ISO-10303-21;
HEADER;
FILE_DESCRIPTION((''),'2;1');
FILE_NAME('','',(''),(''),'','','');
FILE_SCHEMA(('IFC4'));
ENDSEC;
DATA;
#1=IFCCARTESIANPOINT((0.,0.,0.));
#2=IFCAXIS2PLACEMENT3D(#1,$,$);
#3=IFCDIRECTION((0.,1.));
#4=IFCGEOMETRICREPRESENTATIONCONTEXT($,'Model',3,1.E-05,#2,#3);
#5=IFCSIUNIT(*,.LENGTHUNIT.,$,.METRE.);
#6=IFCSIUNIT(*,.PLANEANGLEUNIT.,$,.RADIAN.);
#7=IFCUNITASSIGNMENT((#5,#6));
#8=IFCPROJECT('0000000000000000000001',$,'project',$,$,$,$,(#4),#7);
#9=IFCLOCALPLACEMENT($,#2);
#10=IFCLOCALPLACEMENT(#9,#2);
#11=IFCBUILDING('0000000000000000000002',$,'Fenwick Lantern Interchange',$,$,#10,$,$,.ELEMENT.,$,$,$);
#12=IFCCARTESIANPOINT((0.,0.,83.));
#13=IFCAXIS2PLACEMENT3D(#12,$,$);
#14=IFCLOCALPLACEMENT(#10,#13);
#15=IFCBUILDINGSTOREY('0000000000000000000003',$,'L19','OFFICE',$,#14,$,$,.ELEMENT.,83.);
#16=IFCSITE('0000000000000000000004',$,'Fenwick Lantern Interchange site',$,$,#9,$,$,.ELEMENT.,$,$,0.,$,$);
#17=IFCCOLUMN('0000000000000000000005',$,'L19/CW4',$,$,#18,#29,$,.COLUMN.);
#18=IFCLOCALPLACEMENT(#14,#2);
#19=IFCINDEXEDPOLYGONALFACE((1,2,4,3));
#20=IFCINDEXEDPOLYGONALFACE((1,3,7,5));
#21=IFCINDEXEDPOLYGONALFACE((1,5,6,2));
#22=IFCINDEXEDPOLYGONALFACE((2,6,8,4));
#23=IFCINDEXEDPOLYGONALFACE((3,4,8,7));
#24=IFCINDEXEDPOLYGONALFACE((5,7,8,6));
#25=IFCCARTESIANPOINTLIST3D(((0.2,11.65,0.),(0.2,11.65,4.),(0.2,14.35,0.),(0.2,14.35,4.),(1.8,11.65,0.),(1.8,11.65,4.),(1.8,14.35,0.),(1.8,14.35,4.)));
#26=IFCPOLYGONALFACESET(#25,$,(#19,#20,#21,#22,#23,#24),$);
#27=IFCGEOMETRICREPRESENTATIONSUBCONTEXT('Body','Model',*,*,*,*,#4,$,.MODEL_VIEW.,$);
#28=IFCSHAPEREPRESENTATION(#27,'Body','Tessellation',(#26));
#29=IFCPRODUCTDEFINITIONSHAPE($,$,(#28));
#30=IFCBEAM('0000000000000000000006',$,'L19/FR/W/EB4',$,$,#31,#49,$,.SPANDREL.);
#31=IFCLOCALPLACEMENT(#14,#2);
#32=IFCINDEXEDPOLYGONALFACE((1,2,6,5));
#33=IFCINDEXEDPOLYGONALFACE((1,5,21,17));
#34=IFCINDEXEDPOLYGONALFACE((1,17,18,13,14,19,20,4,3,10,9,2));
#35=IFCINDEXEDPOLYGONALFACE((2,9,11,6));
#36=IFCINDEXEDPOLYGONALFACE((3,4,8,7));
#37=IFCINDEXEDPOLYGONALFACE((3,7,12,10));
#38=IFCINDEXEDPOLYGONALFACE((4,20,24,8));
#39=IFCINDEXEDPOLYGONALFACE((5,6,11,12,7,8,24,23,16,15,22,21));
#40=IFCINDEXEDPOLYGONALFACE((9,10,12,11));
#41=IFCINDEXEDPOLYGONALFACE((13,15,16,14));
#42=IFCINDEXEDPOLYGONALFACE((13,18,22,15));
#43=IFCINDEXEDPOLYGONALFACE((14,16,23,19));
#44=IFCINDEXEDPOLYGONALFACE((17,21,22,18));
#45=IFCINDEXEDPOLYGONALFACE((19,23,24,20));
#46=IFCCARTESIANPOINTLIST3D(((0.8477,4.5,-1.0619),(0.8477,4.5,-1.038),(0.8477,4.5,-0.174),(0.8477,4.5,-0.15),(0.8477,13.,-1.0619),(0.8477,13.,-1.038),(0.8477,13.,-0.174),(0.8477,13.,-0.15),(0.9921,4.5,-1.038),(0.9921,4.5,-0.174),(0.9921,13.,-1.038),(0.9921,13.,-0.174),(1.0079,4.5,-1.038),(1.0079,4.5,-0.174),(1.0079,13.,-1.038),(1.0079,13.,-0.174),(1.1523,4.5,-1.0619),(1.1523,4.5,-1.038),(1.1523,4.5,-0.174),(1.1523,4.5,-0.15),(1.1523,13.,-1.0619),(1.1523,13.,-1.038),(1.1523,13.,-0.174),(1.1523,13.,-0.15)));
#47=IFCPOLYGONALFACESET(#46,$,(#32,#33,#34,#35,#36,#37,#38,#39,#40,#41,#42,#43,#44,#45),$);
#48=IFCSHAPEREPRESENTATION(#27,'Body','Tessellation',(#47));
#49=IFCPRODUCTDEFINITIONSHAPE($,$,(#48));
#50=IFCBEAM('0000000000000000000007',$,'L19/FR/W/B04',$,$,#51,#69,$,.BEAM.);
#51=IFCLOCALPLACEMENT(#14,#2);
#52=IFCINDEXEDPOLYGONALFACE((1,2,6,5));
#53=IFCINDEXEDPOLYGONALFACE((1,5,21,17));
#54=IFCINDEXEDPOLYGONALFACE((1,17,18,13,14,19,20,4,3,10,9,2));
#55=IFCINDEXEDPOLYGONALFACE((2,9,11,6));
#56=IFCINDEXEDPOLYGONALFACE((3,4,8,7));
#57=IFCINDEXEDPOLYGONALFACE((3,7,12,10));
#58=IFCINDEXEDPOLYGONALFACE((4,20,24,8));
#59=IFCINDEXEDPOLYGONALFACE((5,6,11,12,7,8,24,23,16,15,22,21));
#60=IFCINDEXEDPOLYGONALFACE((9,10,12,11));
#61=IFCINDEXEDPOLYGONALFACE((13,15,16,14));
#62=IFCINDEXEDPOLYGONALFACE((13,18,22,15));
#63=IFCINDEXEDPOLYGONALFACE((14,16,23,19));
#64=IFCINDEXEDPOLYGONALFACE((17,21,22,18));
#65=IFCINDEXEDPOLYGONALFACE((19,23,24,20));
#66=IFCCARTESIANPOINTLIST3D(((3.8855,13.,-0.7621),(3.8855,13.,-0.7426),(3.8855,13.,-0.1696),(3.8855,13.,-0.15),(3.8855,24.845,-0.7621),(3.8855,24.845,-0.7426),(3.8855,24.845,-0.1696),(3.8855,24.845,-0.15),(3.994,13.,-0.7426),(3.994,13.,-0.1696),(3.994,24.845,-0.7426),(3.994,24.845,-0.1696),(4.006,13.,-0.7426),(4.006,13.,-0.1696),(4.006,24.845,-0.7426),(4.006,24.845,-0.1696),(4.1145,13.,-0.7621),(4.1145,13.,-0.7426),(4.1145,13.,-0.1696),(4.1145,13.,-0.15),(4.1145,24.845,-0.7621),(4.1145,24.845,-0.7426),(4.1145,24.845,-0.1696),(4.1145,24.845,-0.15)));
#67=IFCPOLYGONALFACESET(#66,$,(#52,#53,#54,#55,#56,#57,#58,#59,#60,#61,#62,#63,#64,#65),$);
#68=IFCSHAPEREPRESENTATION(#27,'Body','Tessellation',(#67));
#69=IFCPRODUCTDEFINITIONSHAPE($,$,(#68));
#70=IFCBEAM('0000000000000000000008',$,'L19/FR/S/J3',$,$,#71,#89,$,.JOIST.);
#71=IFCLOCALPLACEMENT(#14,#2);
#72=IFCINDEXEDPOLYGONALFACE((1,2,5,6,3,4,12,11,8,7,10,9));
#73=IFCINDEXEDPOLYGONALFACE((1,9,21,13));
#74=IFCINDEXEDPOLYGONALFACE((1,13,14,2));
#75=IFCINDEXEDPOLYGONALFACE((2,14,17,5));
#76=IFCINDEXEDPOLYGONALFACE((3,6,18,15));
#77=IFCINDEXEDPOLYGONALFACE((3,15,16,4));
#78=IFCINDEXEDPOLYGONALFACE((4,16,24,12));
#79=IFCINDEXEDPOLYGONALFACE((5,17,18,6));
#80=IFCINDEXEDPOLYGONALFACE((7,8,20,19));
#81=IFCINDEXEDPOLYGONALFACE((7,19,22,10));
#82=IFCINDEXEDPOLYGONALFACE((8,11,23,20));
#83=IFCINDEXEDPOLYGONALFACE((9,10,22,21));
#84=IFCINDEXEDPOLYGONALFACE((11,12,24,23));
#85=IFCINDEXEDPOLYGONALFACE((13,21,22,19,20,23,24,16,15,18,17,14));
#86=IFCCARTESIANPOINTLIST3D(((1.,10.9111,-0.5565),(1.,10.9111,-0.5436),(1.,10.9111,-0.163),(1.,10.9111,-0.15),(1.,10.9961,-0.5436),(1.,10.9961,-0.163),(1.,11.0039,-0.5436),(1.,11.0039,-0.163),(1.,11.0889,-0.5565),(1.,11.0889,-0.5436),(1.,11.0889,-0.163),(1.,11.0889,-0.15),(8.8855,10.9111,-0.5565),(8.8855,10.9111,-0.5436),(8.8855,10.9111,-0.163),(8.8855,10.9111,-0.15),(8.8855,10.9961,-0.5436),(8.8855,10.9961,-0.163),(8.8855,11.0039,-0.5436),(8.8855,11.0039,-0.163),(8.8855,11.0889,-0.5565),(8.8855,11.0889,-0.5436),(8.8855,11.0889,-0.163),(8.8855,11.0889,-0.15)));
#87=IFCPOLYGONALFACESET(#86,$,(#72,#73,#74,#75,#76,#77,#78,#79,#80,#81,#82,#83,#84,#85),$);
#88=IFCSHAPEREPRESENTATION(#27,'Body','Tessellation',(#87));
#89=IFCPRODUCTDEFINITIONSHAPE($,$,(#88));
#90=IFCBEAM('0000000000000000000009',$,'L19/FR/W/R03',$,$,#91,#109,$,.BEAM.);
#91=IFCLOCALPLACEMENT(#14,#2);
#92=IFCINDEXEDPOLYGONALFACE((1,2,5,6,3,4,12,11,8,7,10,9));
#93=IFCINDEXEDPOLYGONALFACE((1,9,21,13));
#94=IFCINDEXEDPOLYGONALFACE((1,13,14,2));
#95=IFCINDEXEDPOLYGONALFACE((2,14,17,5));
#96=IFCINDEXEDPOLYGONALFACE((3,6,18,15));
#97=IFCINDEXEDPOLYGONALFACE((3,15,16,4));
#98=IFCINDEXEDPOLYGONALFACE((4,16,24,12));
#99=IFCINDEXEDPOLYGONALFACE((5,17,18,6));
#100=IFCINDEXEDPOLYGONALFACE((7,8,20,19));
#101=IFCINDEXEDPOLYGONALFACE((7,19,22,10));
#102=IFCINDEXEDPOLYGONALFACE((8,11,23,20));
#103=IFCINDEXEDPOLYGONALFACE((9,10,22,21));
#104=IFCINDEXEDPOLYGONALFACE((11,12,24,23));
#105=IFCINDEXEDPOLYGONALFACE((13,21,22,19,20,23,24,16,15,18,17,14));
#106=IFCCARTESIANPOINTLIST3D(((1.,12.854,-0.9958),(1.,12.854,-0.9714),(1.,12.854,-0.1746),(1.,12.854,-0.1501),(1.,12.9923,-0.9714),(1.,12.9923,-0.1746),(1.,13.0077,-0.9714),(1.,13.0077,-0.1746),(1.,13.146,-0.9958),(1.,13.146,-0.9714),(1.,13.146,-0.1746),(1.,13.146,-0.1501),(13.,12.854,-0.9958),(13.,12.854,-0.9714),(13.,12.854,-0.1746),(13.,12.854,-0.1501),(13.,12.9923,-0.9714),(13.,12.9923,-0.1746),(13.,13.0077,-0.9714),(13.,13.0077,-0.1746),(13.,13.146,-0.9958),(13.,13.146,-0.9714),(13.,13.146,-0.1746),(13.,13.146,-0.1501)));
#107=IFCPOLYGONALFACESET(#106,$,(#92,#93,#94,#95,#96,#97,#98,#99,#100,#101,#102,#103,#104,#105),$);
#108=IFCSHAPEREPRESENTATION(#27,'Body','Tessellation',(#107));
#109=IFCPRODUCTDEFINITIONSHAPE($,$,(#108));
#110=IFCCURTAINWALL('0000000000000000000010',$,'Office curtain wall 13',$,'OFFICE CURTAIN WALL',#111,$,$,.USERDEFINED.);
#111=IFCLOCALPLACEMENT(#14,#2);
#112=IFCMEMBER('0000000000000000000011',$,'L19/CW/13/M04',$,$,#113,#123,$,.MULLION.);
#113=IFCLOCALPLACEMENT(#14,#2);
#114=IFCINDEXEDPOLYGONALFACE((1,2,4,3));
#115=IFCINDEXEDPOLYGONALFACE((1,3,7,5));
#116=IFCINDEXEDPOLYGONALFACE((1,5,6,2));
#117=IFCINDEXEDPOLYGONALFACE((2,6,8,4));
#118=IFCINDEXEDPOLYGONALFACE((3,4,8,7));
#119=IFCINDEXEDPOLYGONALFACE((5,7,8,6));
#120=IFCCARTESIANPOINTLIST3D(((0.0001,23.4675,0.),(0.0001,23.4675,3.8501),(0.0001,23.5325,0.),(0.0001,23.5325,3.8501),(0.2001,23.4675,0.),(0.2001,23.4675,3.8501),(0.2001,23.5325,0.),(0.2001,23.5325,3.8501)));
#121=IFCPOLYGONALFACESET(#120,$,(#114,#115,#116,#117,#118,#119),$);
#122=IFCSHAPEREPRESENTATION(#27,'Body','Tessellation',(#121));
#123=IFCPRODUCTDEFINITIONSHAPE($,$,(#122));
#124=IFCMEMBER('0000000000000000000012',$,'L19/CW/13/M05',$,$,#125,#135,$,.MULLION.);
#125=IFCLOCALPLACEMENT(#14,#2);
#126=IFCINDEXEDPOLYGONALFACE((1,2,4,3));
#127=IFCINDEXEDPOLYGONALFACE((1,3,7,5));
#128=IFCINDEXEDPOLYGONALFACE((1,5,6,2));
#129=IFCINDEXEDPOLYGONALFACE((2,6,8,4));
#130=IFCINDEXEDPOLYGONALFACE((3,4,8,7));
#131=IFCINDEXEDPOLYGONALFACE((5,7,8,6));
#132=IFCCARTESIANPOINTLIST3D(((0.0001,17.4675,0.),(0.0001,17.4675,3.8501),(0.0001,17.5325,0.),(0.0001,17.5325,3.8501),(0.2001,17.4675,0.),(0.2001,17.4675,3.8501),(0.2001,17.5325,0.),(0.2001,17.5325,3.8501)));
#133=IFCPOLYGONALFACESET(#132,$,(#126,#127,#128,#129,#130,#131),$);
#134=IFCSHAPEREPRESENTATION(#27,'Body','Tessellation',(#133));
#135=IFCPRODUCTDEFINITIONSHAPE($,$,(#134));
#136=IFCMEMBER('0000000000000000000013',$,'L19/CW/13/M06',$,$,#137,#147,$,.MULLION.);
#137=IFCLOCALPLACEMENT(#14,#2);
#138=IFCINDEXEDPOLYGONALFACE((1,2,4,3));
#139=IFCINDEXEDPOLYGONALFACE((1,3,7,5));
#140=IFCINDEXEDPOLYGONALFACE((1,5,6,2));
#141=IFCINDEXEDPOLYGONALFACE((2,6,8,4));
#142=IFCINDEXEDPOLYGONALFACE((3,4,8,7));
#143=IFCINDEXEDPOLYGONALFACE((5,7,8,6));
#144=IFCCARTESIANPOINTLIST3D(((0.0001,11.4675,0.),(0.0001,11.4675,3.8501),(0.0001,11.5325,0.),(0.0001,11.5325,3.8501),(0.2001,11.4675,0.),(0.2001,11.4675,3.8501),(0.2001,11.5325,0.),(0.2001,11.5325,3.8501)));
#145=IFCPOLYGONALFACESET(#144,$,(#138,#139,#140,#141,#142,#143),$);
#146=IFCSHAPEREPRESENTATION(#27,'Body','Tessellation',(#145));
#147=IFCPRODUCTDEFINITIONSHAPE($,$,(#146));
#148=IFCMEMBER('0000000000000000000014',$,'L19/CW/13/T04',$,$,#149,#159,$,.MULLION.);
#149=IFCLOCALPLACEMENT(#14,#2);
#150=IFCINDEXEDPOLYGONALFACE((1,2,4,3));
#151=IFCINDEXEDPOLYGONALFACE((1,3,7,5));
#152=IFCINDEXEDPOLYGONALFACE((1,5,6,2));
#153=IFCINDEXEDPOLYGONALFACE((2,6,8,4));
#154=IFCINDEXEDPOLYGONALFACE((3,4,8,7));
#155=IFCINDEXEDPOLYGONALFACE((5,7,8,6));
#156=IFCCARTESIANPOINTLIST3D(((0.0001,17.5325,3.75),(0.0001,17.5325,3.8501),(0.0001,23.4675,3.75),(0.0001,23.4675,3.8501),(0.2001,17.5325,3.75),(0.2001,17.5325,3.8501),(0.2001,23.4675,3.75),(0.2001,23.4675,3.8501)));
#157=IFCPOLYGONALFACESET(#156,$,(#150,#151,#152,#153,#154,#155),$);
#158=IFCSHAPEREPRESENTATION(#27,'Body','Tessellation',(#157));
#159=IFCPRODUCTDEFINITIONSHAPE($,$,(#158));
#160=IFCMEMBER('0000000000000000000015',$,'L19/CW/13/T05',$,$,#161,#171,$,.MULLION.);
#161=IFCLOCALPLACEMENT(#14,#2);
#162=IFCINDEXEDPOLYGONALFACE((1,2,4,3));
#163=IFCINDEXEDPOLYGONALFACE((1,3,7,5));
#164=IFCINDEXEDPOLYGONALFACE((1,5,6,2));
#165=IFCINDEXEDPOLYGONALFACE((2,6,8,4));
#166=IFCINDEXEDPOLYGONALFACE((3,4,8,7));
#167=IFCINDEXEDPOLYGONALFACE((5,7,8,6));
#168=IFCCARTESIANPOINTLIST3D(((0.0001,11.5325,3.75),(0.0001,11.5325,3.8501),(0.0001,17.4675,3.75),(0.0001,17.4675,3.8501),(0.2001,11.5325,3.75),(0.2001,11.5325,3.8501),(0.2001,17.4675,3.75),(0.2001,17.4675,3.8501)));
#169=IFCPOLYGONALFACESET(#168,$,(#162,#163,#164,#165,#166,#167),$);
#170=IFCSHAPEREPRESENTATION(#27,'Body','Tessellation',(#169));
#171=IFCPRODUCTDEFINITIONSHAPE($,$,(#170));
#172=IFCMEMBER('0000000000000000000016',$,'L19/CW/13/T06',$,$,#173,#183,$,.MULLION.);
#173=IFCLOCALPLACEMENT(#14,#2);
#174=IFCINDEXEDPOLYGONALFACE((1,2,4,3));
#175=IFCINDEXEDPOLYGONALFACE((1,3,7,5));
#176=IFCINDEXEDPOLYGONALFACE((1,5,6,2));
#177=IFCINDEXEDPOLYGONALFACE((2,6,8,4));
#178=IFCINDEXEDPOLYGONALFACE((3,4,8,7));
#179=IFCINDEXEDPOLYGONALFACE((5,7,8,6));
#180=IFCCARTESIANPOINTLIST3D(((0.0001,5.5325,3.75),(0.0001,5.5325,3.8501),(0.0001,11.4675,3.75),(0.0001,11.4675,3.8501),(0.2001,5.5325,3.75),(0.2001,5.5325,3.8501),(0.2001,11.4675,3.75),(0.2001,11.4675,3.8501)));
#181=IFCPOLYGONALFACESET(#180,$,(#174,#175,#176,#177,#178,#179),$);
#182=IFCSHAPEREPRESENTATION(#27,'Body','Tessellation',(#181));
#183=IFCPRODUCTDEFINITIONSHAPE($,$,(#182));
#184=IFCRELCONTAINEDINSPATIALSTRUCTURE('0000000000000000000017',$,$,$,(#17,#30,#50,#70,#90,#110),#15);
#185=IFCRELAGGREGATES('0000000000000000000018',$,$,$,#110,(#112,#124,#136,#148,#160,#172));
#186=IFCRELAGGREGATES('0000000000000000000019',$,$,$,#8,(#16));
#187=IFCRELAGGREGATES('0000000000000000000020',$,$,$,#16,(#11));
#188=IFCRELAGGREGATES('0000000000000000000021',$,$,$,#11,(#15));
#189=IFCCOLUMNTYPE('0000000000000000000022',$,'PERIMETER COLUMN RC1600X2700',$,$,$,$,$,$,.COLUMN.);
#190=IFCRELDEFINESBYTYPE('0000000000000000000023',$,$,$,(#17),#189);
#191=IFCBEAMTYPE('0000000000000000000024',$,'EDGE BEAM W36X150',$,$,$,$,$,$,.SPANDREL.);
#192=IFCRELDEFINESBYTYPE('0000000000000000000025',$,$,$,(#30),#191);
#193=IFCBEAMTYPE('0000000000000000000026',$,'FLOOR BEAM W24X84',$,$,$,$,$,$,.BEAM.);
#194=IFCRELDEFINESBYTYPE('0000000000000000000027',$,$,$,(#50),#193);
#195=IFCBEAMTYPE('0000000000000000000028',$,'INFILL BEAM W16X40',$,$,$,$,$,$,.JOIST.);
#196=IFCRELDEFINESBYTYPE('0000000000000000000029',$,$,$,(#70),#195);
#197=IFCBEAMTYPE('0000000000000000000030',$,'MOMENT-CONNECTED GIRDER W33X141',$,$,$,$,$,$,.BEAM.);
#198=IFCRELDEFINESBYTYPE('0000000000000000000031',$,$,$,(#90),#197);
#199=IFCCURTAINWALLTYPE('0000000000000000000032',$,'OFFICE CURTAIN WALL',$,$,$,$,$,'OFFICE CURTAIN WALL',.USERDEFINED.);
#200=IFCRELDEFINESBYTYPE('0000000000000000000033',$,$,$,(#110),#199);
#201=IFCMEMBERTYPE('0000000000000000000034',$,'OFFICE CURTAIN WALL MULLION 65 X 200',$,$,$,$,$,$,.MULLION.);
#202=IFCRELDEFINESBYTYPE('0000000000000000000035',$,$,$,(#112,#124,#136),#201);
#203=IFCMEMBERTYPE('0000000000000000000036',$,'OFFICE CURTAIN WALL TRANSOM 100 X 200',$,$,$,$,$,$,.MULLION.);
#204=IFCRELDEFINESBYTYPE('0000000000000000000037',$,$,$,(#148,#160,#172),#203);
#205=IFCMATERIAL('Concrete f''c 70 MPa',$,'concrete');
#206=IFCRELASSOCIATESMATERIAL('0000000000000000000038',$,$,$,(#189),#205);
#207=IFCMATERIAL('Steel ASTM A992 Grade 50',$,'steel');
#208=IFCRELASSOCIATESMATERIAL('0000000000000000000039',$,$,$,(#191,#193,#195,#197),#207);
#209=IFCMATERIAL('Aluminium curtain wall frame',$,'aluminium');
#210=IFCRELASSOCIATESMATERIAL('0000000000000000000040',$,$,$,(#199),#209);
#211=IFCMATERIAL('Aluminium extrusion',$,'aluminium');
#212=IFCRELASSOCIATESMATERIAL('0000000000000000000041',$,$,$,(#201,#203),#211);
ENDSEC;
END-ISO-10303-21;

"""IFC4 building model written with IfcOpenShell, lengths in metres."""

from ifc_helpers import new_model, si_unit, direction, frame, origin, origin_2d, place, context, subcontext, project, spatial, rectangle, i_section, extrude, material, material_profile, profile_set, type_object, element, aggregate, save


model = new_model("IFC4")

# Units and contexts
model_context = context("Model", 3, precision=1e-05, world=origin(), true_north=direction((0.0, 1.0)))
body_context = subcontext(model_context, "Body", "Model", "MODEL_VIEW")
ifc_project = project(units=[si_unit("LENGTHUNIT", "METRE"), si_unit("PLANEANGLEUNIT", "RADIAN")], contexts=[model_context])

# Site, building, storey
site_placement = place(None, origin())
site = spatial("IfcSite", under=ifc_project, at=site_placement, Name="Fenwick Lantern Interchange site", CompositionType="ELEMENT", RefElevation=0.0)
building_placement = place(site_placement, origin())
building = spatial("IfcBuilding", under=site, at=building_placement, Name="Fenwick Lantern Interchange", CompositionType="ELEMENT")
storey_placement = place(building_placement, frame((0.0, 0.0, 83.0)))
storey = spatial("IfcBuildingStorey", under=building, at=storey_placement, Name="L19", Description="OFFICE", CompositionType="ELEMENT", Elevation=83.0)

# Column
ifc_material_1 = material(Name="Concrete f'c 70 MPa", Category="concrete")
ifc_material_profile_1 = material_profile(ifc_material_1, rectangle(XDim=1.6001, YDim=2.7, at=origin_2d()), Name="RC1600X2700")
ifc_profile_set_1 = profile_set([ifc_material_profile_1], Name="Concrete f'c 70 MPa")
column_type = type_object("IfcColumnType", Name="PERIMETER COLUMN RC1600X2700", PredefinedType="COLUMN", material=ifc_profile_set_1)
column_placement = place(storey_placement, frame((1.0, 13.0, 0.0), z_axis=(0.0, 0.0, 1.0), x_axis=(1.0, 0.0, 0.0)))
element("IfcColumn", 1, at=column_placement, inside=storey, type_object=column_type, Name="L19/CW4", PredefinedType="COLUMN", context=body_context, shape_type="SweptSolid", body=[
    extrude(rectangle(XDim=1.6001, YDim=2.7, at=origin_2d()), origin(), (0.0, 0.0, 1.0), 4.0),
])

# Beams
ifc_material_2 = material(Name="Steel ASTM A992 Grade 50", Category="steel")
ifc_material_profile_2 = material_profile(ifc_material_2, i_section(OverallWidth=0.3047, OverallDepth=0.9119, WebThickness=0.0159, FlangeThickness=0.0239, at=origin_2d()), Name="W36X150")
ifc_profile_set_2 = profile_set([ifc_material_profile_2], Name="Steel ASTM A992 Grade 50")
beam_type_1 = type_object("IfcBeamType", Name="EDGE BEAM W36X150", PredefinedType="SPANDREL", material=ifc_profile_set_2)
beam_1_placement = place(storey_placement, frame((1.0, 13.0, -0.606), z_axis=(0.0, -1.0, 0.0), x_axis=(1.0, 0.0, 0.0)))
element("IfcBeam", 2, at=beam_1_placement, inside=storey, type_object=beam_type_1, Name="L19/FR/W/EB4", PredefinedType="SPANDREL", context=body_context, shape_type="SweptSolid", body=[
    extrude(i_section(OverallWidth=0.3047, OverallDepth=0.9119, WebThickness=0.0159, FlangeThickness=0.0239, at=origin_2d()), origin(), (0.0, 0.0, 1.0), 8.5),
])
ifc_material_profile_3 = material_profile(ifc_material_2, i_section(OverallWidth=0.229, OverallDepth=0.6121, WebThickness=0.012, FlangeThickness=0.0195, at=origin_2d()), Name="W24X84")
ifc_profile_set_3 = profile_set([ifc_material_profile_3], Name="Steel ASTM A992 Grade 50")
beam_type_2 = type_object("IfcBeamType", Name="FLOOR BEAM W24X84", PredefinedType="BEAM", material=ifc_profile_set_3)
beam_2_placement = place(storey_placement, frame((4.0, 24.845, -0.4561), z_axis=(0.0, -1.0, 0.0), x_axis=(1.0, 0.0, 0.0)))
element("IfcBeam", 3, at=beam_2_placement, inside=storey, type_object=beam_type_2, Name="L19/FR/W/B04", PredefinedType="BEAM", context=body_context, shape_type="SweptSolid", body=[
    extrude(i_section(OverallWidth=0.229, OverallDepth=0.6121, WebThickness=0.012, FlangeThickness=0.0195, at=origin_2d()), origin(), (0.0, 0.0, 1.0), 11.845),
])
ifc_material_profile_4 = material_profile(ifc_material_2, i_section(OverallWidth=0.1777, OverallDepth=0.4065, WebThickness=0.0078, FlangeThickness=0.0129, at=origin_2d()), Name="W16X40")
ifc_profile_set_4 = profile_set([ifc_material_profile_4], Name="Steel ASTM A992 Grade 50")
beam_type_3 = type_object("IfcBeamType", Name="INFILL BEAM W16X40", PredefinedType="JOIST", material=ifc_profile_set_4)
beam_3_placement = place(storey_placement, frame((1.0, 11.0, -0.3533), z_axis=(1.0, 0.0, 0.0), x_axis=(0.0, 1.0, 0.0)))
element("IfcBeam", 4, at=beam_3_placement, inside=storey, type_object=beam_type_3, Name="L19/FR/S/J3", PredefinedType="JOIST", context=body_context, shape_type="SweptSolid", body=[
    extrude(i_section(OverallWidth=0.1777, OverallDepth=0.4065, WebThickness=0.0078, FlangeThickness=0.0129, at=origin_2d()), origin(), (0.0, 0.0, 1.0), 7.8855),
])
ifc_material_profile_5 = material_profile(ifc_material_2, i_section(OverallWidth=0.292, OverallDepth=0.8457, WebThickness=0.0154, FlangeThickness=0.0244, at=origin_2d()), Name="W33X141")
ifc_profile_set_5 = profile_set([ifc_material_profile_5], Name="Steel ASTM A992 Grade 50")
beam_type_4 = type_object("IfcBeamType", Name="MOMENT-CONNECTED GIRDER W33X141", PredefinedType="BEAM", material=ifc_profile_set_5)
beam_4_placement = place(storey_placement, frame((1.0, 13.0, -0.573), z_axis=(1.0, 0.0, 0.0), x_axis=(0.0, 1.0, 0.0)))
element("IfcBeam", 5, at=beam_4_placement, inside=storey, type_object=beam_type_4, Name="L19/FR/W/R03", PredefinedType="BEAM", context=body_context, shape_type="SweptSolid", body=[
    extrude(i_section(OverallWidth=0.292, OverallDepth=0.8457, WebThickness=0.0154, FlangeThickness=0.0244, at=origin_2d()), origin(), (0.0, 0.0, 1.0), 12.0),
])

# Curtain wall, members
ifc_material_3 = material(Name="Aluminium curtain wall frame", Category="aluminium")
curtain_wall_type = type_object("IfcCurtainWallType", Name="OFFICE CURTAIN WALL", ElementType="OFFICE CURTAIN WALL", PredefinedType="USERDEFINED", material=ifc_material_3)
curtain_wall_placement = place(storey_placement, origin())
curtain_wall = element("IfcCurtainWall", 6, at=curtain_wall_placement, inside=storey, type_object=curtain_wall_type, Name="Office curtain wall 13", ObjectType="OFFICE CURTAIN WALL", PredefinedType="USERDEFINED")
ifc_material_4 = material(Name="Aluminium extrusion", Category="aluminium")
ifc_material_profile_6 = material_profile(ifc_material_4, rectangle(XDim=0.2, YDim=0.0649, at=origin_2d()), Name="OFFICE CURTAIN WALL MULLION 65 X 200")
ifc_profile_set_6 = profile_set([ifc_material_profile_6], Name="Aluminium extrusion")
member_type_1 = type_object("IfcMemberType", Name="OFFICE CURTAIN WALL MULLION 65 X 200", PredefinedType="MULLION", material=ifc_profile_set_6)
member_1_placement = place(storey_placement, frame((0.1001, 23.5, 0.0), z_axis=(0.0, 0.0, 1.0), x_axis=(1.0, 0.0, 0.0)))
member_1 = element("IfcMember", 7, at=member_1_placement, type_object=member_type_1, Name="L19/CW/13/M04", PredefinedType="MULLION", context=body_context, shape_type="SweptSolid", body=[
    extrude(rectangle(XDim=0.2, YDim=0.0649, at=origin_2d()), origin(), (0.0, 0.0, 1.0), 3.8501),
])
member_2_placement = place(storey_placement, frame((0.1001, 17.5, 0.0), z_axis=(0.0, 0.0, 1.0), x_axis=(1.0, 0.0, 0.0)))
member_2 = element("IfcMember", 8, at=member_2_placement, type_object=member_type_1, Name="L19/CW/13/M05", PredefinedType="MULLION", context=body_context, shape_type="SweptSolid", body=[
    extrude(rectangle(XDim=0.2, YDim=0.0649, at=origin_2d()), origin(), (0.0, 0.0, 1.0), 3.8501),
])
member_3_placement = place(storey_placement, frame((0.1001, 11.5, 0.0), z_axis=(0.0, 0.0, 1.0), x_axis=(1.0, 0.0, 0.0)))
member_3 = element("IfcMember", 9, at=member_3_placement, type_object=member_type_1, Name="L19/CW/13/M06", PredefinedType="MULLION", context=body_context, shape_type="SweptSolid", body=[
    extrude(rectangle(XDim=0.2, YDim=0.0649, at=origin_2d()), origin(), (0.0, 0.0, 1.0), 3.8501),
])
ifc_material_profile_7 = material_profile(ifc_material_4, rectangle(XDim=0.2, YDim=0.1001, at=origin_2d()), Name="OFFICE CURTAIN WALL TRANSOM 100 X 200")
ifc_profile_set_7 = profile_set([ifc_material_profile_7], Name="Aluminium extrusion")
member_type_2 = type_object("IfcMemberType", Name="OFFICE CURTAIN WALL TRANSOM 100 X 200", PredefinedType="MULLION", material=ifc_profile_set_7)
member_4_placement = place(storey_placement, frame((0.1001, 23.4675, 3.8), z_axis=(0.0, -1.0, 0.0), x_axis=(1.0, 0.0, 0.0)))
member_4 = element("IfcMember", 10, at=member_4_placement, type_object=member_type_2, Name="L19/CW/13/T04", PredefinedType="MULLION", context=body_context, shape_type="SweptSolid", body=[
    extrude(rectangle(XDim=0.2, YDim=0.1001, at=origin_2d()), origin(), (0.0, 0.0, 1.0), 5.9351),
])
member_5_placement = place(storey_placement, frame((0.1001, 17.4675, 3.8), z_axis=(0.0, -1.0, 0.0), x_axis=(1.0, 0.0, 0.0)))
member_5 = element("IfcMember", 11, at=member_5_placement, type_object=member_type_2, Name="L19/CW/13/T05", PredefinedType="MULLION", context=body_context, shape_type="SweptSolid", body=[
    extrude(rectangle(XDim=0.2, YDim=0.1001, at=origin_2d()), origin(), (0.0, 0.0, 1.0), 5.9351),
])
member_6_placement = place(storey_placement, frame((0.1001, 11.4675, 3.8), z_axis=(0.0, -1.0, 0.0), x_axis=(1.0, 0.0, 0.0)))
member_6 = element("IfcMember", 12, at=member_6_placement, type_object=member_type_2, Name="L19/CW/13/T06", PredefinedType="MULLION", context=body_context, shape_type="SweptSolid", body=[
    extrude(rectangle(XDim=0.2, YDim=0.1001, at=origin_2d()), origin(), (0.0, 0.0, 1.0), 5.9351),
])
aggregate(curtain_wall, [member_1, member_2, member_3, member_4, member_5, member_6])

save(model, "model.ifc")
